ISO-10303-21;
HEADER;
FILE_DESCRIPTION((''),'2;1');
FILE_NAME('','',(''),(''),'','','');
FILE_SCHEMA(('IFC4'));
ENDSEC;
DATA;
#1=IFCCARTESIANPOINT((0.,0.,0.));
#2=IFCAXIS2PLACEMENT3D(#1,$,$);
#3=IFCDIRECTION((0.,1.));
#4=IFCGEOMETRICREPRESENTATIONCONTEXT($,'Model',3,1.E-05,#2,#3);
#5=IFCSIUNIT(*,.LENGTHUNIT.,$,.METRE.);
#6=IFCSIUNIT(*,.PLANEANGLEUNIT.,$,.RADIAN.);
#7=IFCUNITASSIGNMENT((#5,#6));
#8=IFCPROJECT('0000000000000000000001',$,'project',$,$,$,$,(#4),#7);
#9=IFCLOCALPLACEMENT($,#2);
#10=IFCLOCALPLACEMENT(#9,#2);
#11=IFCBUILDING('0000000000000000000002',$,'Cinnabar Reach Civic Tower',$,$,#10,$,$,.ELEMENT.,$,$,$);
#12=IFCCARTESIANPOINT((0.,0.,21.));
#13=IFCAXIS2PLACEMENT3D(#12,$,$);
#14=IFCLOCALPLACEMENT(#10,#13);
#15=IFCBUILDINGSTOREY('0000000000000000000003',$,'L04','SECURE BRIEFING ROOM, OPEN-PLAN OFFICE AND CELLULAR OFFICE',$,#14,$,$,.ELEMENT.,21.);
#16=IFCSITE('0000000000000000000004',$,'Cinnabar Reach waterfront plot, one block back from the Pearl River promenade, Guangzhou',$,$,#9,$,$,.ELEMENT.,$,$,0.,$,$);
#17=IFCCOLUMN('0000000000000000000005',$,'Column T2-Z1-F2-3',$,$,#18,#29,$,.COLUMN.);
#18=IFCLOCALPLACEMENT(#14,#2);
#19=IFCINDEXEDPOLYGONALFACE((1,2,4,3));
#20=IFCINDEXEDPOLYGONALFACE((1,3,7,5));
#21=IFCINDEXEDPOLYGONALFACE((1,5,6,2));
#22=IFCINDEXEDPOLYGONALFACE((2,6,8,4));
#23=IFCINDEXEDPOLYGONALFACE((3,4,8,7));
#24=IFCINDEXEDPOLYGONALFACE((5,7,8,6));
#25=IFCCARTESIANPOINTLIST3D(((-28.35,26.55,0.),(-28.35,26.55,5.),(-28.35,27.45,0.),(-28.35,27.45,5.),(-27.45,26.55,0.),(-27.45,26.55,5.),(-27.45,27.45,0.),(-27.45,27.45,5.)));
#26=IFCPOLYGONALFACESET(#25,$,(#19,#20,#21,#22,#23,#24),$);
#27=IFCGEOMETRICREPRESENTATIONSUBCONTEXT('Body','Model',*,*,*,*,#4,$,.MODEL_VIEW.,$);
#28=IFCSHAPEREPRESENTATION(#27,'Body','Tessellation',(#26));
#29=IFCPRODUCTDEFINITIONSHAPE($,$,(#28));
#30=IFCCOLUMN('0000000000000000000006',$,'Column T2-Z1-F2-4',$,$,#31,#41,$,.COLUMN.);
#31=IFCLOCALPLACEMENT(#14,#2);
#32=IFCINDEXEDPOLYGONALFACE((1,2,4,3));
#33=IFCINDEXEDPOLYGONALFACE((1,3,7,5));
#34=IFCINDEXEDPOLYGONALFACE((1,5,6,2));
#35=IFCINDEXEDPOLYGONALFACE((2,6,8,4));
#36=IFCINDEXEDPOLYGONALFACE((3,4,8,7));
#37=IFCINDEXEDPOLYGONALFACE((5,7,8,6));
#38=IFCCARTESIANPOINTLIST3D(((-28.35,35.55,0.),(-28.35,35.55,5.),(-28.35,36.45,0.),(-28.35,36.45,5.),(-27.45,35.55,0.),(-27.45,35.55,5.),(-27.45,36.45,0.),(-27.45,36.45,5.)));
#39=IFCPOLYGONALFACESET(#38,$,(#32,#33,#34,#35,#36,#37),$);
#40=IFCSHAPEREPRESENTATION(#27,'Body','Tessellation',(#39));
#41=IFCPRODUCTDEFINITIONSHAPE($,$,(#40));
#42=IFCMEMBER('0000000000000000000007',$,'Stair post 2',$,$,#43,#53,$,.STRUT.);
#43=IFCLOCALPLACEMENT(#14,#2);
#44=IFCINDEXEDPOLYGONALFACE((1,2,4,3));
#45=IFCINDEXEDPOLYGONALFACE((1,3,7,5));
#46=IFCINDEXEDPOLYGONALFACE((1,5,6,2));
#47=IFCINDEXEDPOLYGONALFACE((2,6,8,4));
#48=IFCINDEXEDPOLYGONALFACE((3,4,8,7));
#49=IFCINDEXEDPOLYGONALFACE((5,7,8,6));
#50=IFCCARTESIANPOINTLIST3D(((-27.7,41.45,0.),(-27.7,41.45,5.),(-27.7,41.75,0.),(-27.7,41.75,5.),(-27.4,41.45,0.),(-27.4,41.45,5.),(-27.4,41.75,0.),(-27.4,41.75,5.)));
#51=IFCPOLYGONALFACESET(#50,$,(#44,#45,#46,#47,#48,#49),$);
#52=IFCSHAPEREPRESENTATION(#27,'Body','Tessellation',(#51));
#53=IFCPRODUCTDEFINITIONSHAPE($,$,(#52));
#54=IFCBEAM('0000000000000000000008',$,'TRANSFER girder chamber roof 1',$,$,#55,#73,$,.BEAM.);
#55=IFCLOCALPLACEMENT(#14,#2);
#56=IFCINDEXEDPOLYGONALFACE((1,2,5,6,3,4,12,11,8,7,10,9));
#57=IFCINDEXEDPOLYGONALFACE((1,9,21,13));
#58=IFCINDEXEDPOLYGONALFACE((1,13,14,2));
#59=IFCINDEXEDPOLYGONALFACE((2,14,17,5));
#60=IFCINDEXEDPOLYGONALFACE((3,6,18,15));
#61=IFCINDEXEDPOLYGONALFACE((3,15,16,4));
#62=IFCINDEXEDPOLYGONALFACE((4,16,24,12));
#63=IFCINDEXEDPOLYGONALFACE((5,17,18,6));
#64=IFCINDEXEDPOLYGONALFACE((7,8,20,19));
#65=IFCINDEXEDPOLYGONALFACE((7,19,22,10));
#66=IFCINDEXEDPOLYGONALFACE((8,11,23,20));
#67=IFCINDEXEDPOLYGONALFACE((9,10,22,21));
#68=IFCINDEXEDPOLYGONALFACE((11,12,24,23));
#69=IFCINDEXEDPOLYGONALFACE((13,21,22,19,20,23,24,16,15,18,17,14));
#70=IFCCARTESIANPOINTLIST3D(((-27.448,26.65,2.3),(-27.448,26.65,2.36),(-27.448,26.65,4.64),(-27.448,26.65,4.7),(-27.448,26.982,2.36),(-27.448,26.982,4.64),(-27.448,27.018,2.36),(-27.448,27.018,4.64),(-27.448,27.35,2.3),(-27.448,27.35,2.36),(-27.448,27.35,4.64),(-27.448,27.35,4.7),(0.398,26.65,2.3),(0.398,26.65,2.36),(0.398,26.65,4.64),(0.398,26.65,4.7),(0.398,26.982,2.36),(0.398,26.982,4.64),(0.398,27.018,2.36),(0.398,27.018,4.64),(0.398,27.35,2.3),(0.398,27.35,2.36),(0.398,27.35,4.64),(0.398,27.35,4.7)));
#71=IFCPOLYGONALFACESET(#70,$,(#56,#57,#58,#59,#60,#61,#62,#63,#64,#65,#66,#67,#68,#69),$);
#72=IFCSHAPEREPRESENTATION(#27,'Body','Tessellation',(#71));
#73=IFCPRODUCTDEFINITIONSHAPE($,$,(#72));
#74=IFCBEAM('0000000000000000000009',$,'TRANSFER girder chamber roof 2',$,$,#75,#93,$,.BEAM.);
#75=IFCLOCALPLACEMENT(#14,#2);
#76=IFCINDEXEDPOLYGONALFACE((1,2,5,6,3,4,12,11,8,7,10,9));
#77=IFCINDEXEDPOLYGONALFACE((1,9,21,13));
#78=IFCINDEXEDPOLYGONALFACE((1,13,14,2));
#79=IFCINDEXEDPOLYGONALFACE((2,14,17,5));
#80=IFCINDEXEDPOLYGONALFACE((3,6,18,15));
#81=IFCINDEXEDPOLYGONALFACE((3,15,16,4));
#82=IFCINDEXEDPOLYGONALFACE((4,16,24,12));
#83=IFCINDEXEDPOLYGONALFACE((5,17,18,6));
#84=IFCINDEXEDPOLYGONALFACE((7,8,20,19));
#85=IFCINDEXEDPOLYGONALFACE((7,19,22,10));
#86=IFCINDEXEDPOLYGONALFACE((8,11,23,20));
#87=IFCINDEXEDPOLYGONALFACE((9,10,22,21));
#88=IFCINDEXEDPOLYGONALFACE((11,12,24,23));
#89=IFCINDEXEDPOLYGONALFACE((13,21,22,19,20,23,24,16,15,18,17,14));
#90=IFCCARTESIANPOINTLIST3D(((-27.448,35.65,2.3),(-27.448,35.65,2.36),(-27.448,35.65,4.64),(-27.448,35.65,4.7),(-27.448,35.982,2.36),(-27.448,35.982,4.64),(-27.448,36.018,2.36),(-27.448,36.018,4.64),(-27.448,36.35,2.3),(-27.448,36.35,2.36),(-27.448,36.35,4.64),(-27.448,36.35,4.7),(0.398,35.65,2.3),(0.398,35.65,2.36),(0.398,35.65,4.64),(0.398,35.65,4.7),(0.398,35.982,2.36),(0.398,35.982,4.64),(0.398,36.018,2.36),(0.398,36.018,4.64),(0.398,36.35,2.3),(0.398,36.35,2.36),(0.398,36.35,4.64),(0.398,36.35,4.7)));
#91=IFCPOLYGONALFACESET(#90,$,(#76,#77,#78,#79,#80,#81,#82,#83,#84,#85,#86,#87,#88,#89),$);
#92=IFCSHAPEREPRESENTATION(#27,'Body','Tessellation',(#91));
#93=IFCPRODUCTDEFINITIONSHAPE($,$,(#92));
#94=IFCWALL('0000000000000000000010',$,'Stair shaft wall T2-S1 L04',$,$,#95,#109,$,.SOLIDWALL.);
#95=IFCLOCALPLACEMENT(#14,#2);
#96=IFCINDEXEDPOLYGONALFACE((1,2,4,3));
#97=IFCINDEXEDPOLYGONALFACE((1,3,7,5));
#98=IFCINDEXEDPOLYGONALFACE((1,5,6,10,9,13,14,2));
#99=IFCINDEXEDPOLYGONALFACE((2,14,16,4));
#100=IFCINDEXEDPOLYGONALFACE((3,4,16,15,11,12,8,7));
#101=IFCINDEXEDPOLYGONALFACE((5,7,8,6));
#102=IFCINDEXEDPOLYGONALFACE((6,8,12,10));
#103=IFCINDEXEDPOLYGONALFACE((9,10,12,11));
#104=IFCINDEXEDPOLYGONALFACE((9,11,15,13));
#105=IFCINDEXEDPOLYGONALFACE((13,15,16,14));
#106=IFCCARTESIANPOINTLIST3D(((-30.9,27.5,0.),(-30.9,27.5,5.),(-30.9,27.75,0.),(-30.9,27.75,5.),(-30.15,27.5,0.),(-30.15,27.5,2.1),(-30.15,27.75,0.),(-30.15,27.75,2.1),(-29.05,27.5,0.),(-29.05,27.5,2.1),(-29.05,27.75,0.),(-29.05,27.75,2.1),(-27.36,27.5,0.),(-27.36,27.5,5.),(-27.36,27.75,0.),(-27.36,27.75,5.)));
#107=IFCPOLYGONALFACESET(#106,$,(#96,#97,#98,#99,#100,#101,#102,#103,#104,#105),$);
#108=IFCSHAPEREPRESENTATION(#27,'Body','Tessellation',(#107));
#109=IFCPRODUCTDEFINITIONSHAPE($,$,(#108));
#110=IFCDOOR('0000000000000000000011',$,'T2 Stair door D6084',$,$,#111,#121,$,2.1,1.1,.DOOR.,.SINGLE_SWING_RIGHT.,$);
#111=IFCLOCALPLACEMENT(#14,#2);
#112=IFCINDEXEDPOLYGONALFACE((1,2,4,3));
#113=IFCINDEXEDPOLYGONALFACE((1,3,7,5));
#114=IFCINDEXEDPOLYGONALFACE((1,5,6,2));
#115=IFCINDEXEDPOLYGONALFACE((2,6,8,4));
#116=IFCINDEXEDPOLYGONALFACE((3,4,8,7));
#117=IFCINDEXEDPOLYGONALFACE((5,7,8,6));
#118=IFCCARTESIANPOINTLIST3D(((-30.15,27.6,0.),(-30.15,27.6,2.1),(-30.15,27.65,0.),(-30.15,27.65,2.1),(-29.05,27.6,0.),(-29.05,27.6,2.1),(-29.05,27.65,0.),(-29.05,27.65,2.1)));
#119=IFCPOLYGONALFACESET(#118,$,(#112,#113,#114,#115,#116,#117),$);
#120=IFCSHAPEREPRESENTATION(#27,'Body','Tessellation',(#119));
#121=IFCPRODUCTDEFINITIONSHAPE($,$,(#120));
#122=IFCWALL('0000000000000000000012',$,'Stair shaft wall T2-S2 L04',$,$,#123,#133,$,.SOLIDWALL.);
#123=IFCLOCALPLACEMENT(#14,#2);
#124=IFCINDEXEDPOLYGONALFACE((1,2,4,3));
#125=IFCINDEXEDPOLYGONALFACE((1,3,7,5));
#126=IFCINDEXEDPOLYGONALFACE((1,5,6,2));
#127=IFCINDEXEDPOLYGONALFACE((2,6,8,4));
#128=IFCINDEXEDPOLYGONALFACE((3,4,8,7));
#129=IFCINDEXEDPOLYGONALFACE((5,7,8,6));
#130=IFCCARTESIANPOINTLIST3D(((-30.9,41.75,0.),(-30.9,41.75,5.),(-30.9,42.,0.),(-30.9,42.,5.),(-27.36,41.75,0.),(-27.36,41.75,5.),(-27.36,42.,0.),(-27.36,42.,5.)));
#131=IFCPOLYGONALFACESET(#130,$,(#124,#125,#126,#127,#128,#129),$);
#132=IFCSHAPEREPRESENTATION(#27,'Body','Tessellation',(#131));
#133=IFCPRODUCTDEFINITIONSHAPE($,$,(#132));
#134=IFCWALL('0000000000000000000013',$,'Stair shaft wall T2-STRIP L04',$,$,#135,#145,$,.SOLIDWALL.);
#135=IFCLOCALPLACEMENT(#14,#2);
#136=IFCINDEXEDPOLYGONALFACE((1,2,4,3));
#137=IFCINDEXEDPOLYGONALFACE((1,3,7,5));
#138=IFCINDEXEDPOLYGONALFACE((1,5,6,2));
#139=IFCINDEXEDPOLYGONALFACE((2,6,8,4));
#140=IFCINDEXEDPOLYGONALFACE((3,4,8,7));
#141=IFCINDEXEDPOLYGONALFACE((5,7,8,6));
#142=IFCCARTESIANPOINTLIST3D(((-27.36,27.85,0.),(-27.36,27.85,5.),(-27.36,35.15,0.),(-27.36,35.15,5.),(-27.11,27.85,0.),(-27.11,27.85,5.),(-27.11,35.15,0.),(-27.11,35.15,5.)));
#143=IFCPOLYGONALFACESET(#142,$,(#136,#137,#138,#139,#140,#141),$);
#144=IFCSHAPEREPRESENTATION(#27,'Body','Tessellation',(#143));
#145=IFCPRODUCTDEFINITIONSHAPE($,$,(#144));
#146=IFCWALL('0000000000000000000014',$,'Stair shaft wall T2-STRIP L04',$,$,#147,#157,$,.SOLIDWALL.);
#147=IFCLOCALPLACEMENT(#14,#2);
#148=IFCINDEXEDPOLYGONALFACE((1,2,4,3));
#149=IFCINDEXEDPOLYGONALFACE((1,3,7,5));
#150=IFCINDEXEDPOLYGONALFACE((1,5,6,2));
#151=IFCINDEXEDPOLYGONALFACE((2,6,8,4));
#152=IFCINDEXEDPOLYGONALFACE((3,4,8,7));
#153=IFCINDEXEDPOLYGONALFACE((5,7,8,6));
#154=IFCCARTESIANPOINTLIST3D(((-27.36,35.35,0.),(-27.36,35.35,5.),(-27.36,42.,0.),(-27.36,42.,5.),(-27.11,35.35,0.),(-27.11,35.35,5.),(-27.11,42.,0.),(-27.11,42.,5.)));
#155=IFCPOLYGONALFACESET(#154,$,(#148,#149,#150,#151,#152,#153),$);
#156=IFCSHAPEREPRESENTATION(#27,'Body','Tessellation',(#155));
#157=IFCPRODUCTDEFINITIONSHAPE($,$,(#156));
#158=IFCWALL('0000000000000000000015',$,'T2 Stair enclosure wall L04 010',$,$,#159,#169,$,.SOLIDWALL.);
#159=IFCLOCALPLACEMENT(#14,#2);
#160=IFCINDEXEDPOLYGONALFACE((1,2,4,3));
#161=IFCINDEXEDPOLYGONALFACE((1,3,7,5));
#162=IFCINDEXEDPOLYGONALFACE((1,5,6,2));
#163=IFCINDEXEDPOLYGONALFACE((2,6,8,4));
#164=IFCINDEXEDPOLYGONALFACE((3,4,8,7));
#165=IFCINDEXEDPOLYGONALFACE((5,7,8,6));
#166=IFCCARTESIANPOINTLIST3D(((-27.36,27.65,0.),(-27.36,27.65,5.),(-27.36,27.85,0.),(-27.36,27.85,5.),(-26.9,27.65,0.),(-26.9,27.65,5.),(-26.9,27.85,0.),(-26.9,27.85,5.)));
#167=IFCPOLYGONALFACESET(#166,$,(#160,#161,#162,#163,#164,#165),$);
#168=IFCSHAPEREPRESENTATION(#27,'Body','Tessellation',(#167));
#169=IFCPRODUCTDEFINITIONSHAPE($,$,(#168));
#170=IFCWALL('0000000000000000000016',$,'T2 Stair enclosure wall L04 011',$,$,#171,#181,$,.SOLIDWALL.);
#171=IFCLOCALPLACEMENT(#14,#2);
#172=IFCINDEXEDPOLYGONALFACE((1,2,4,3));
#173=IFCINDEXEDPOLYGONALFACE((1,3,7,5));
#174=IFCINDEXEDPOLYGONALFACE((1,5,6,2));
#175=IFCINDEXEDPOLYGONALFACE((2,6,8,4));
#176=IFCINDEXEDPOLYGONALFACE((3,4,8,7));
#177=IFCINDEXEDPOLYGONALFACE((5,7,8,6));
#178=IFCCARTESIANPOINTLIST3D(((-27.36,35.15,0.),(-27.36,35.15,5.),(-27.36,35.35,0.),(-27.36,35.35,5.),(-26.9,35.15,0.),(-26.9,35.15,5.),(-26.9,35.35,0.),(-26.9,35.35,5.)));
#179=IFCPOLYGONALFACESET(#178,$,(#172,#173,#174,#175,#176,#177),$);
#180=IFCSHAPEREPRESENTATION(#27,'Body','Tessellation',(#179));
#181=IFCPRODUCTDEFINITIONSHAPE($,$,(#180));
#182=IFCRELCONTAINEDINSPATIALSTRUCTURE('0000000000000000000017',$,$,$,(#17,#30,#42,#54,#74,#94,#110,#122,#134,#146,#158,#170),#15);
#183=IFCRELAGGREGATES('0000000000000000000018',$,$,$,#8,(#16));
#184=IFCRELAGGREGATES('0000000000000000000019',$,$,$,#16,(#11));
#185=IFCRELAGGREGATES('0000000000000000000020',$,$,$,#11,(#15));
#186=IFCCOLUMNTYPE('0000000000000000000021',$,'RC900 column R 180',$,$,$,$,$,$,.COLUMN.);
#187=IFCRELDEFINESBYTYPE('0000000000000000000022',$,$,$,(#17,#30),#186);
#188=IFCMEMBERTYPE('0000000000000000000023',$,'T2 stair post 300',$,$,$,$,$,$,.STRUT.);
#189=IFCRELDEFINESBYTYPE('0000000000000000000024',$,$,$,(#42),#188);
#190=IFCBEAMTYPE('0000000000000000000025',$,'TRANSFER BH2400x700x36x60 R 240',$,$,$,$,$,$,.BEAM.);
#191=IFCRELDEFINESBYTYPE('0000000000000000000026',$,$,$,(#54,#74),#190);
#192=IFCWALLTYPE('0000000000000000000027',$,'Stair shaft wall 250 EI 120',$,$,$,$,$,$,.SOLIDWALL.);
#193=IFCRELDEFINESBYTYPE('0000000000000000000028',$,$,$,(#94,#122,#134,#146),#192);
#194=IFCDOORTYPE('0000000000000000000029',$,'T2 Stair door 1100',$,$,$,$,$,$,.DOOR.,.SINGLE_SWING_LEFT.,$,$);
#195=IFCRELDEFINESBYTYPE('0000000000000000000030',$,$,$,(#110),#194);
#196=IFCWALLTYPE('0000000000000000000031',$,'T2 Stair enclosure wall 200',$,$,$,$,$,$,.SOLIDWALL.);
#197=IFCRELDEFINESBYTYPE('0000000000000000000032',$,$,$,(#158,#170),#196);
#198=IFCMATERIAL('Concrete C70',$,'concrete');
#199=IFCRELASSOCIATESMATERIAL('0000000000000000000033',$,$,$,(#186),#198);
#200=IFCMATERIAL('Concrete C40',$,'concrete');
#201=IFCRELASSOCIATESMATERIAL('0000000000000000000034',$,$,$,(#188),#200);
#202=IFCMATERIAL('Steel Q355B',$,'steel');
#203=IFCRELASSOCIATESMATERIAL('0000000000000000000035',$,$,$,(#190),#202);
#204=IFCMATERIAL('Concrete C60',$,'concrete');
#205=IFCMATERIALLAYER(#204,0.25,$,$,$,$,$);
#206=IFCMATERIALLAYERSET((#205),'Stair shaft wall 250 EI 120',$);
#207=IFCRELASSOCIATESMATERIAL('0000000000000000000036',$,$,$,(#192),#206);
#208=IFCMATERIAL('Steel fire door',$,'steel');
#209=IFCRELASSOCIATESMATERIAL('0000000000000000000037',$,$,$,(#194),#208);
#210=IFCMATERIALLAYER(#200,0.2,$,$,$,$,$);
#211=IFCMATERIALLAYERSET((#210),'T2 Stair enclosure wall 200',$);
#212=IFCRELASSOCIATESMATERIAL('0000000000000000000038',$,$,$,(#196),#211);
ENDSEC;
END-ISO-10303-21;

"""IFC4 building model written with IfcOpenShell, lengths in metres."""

from ifc_helpers import new_model, si_unit, direction, frame, frame_2d, origin, origin_2d, place, context, subcontext, project, spatial, rectangle, i_section, extrude, material, layer, layer_set, material_profile, profile_set, type_object, element, fill, save


model = new_model("IFC4")

# Units and contexts
model_context = context("Model", 3, precision=1e-05, world=origin(), true_north=direction((0.0, 1.0)))
body_context = subcontext(model_context, "Body", "Model", "MODEL_VIEW")
ifc_project = project(units=[si_unit("LENGTHUNIT", "METRE"), si_unit("PLANEANGLEUNIT", "RADIAN")], contexts=[model_context])

# Site, building, storey
site_placement = place(None, origin())
site = spatial("IfcSite", under=ifc_project, at=site_placement, Name="Cinnabar Reach waterfront plot, one block back from the Pearl River promenade, Guangzhou", CompositionType="ELEMENT", RefElevation=0.0)
building_placement = place(site_placement, origin())
building = spatial("IfcBuilding", under=site, at=building_placement, Name="Cinnabar Reach Civic Tower", CompositionType="ELEMENT")
storey_placement = place(building_placement, frame((0.0, 0.0, 21.0)))
storey = spatial("IfcBuildingStorey", under=building, at=storey_placement, Name="L04", Description="SECURE BRIEFING ROOM, OPEN-PLAN OFFICE AND CELLULAR OFFICE", CompositionType="ELEMENT", Elevation=21.0)

# Columns
ifc_material_1 = material(Name="Concrete C70", Category="concrete")
ifc_material_profile_1 = material_profile(ifc_material_1, rectangle(XDim=0.9, YDim=0.9, at=origin_2d()), Name="RC900")
ifc_profile_set_1 = profile_set([ifc_material_profile_1], Name="Concrete C70")
column_type = type_object("IfcColumnType", Name="RC900 column R 180", PredefinedType="COLUMN", material=ifc_profile_set_1)
for number, where, z_axis, x_axis, name in (
    (1, (-27.9, 27.0, 0.0), (0.0, 0.0, 1.0), (1.0, 0.0, 0.0), "Column T2-Z1-F2-3"),
    (2, (-27.9, 36.0, 0.0), (0.0, 0.0, 1.0), (1.0, 0.0, 0.0), "Column T2-Z1-F2-4"),
):
    element("IfcColumn", number, at=place(storey_placement, frame(where, z_axis=z_axis, x_axis=x_axis)), inside=storey, type_object=column_type, Name=name, PredefinedType="COLUMN", context=body_context, shape_type="SweptSolid", body=[
        extrude(rectangle(XDim=0.9, YDim=0.9, at=origin_2d()), origin(), (0.0, 0.0, 1.0), 5.0),
    ])

# Member
ifc_material_2 = material(Name="Concrete C40", Category="concrete")
ifc_material_profile_2 = material_profile(ifc_material_2, rectangle(XDim=0.3, YDim=0.3, at=origin_2d()), Name="C300")
ifc_profile_set_2 = profile_set([ifc_material_profile_2], Name="Concrete C40")
member_type = type_object("IfcMemberType", Name="T2 stair post 300", PredefinedType="STRUT", material=ifc_profile_set_2)
member_placement = place(storey_placement, frame((-27.55, 41.6, 0.0), z_axis=(0.0, 0.0, 1.0), x_axis=(1.0, 0.0, 0.0)))
element("IfcMember", 3, at=member_placement, inside=storey, type_object=member_type, Name="Stair post 2", PredefinedType="STRUT", context=body_context, shape_type="SweptSolid", body=[
    extrude(rectangle(XDim=0.3, YDim=0.3, at=origin_2d()), origin(), (0.0, 0.0, 1.0), 5.0),
])

# Beams
ifc_material_3 = material(Name="Steel Q355B", Category="steel")
ifc_material_profile_3 = material_profile(ifc_material_3, i_section(OverallWidth=0.7, OverallDepth=2.4, WebThickness=0.036, FlangeThickness=0.06, at=origin_2d()), Name="BH2400x700x36x60")
ifc_profile_set_3 = profile_set([ifc_material_profile_3], Name="Steel Q355B")
beam_type = type_object("IfcBeamType", Name="TRANSFER BH2400x700x36x60 R 240", PredefinedType="BEAM", material=ifc_profile_set_3)
for number, where, z_axis, x_axis, name in (
    (4, (-27.448, 27.0, 3.5), (1.0, 0.0, 0.0), (0.0, 1.0, 0.0), "TRANSFER girder chamber roof 1"),
    (5, (-27.448, 36.0, 3.5), (1.0, 0.0, 0.0), (0.0, 1.0, 0.0), "TRANSFER girder chamber roof 2"),
):
    element("IfcBeam", number, at=place(storey_placement, frame(where, z_axis=z_axis, x_axis=x_axis)), inside=storey, type_object=beam_type, Name=name, PredefinedType="BEAM", context=body_context, shape_type="SweptSolid", body=[
        extrude(i_section(OverallWidth=0.7, OverallDepth=2.4, WebThickness=0.036, FlangeThickness=0.06, at=origin_2d()), origin(), (0.0, 0.0, 1.0), 27.846),
    ])

# Wall, opening, door
ifc_material_4 = material(Name="Concrete C60", Category="concrete")
ifc_layer_1 = layer(ifc_material_4, 0.25)
ifc_layer_set_1 = layer_set([ifc_layer_1], Name="Stair shaft wall 250 EI 120")
wall_type_1 = type_object("IfcWallType", Name="Stair shaft wall 250 EI 120", PredefinedType="SOLIDWALL", material=ifc_layer_set_1)
wall_1_placement = place(storey_placement, frame((-27.36, 27.625, 0.0), z_axis=(0.0, 0.0, 1.0), x_axis=(-1.0, 0.0, 0.0)))
wall_1 = element("IfcWall", 6, at=wall_1_placement, inside=storey, type_object=wall_type_1, Name="Stair shaft wall T2-S1 L04", PredefinedType="SOLIDWALL", context=body_context, shape_type="SweptSolid", body=[
    extrude(rectangle(XDim=3.54, YDim=0.25, at=frame_2d((1.77, 0.0))), origin(), (0.0, 0.0, 1.0), 5.0),
])
opening_placement = place(wall_1_placement, frame((1.69, 0.0, 0.0)))
opening = element("IfcOpeningElement", 7, at=opening_placement, cuts=wall_1, PredefinedType="OPENING", context=body_context, shape_type="SweptSolid", body=[
    extrude(rectangle(XDim=1.1, YDim=2.1, at=frame_2d((0.55, 1.05))), frame((0.0, 0.135, 0.0), z_axis=(0.0, -1.0, 0.0), x_axis=(1.0, 0.0, 0.0)), (0.0, 0.0, 1.0), 0.27),
])
ifc_material_5 = material(Name="Steel fire door", Category="steel")
door_type = type_object("IfcDoorType", Name="T2 Stair door 1100", OperationType="SINGLE_SWING_LEFT", PredefinedType="DOOR", material=ifc_material_5)
door_placement = place(opening_placement, origin())
door = element("IfcDoor", 8, at=door_placement, inside=storey, type_object=door_type, Name="T2 Stair door D6084", OperationType="SINGLE_SWING_RIGHT", OverallHeight=2.1, OverallWidth=1.1, PredefinedType="DOOR", context=body_context, shape_type="SweptSolid", body=[
    extrude(rectangle(XDim=1.1, YDim=2.1, at=frame_2d((0.55, 1.05))), frame((0.0, 0.025, 0.0), z_axis=(0.0, -1.0, 0.0), x_axis=(1.0, 0.0, 0.0)), (0.0, 0.0, 1.0), 0.05),
])
fill(opening, door)

# Walls
wall_2_placement = place(storey_placement, frame((-27.36, 41.875, 0.0), z_axis=(0.0, 0.0, 1.0), x_axis=(-1.0, 0.0, 0.0)))
element("IfcWall", 9, at=wall_2_placement, inside=storey, type_object=wall_type_1, Name="Stair shaft wall T2-S2 L04", PredefinedType="SOLIDWALL", context=body_context, shape_type="SweptSolid", body=[
    extrude(rectangle(XDim=3.54, YDim=0.25, at=frame_2d((1.77, 0.0))), origin(), (0.0, 0.0, 1.0), 5.0),
])
wall_3_placement = place(storey_placement, frame((-27.235, 27.85, 0.0), z_axis=(0.0, 0.0, 1.0), x_axis=(0.0, 1.0, 0.0)))
element("IfcWall", 10, at=wall_3_placement, inside=storey, type_object=wall_type_1, Name="Stair shaft wall T2-STRIP L04", PredefinedType="SOLIDWALL", context=body_context, shape_type="SweptSolid", body=[
    extrude(rectangle(XDim=7.3, YDim=0.25, at=frame_2d((3.65, 0.0))), origin(), (0.0, 0.0, 1.0), 5.0),
])
wall_4_placement = place(storey_placement, frame((-27.235, 35.35, 0.0), z_axis=(0.0, 0.0, 1.0), x_axis=(0.0, 1.0, 0.0)))
element("IfcWall", 11, at=wall_4_placement, inside=storey, type_object=wall_type_1, Name="Stair shaft wall T2-STRIP L04", PredefinedType="SOLIDWALL", context=body_context, shape_type="SweptSolid", body=[
    extrude(rectangle(XDim=6.65, YDim=0.25, at=frame_2d((3.325, 0.0))), origin(), (0.0, 0.0, 1.0), 5.0),
])
ifc_layer_2 = layer(ifc_material_2, 0.2)
ifc_layer_set_2 = layer_set([ifc_layer_2], Name="T2 Stair enclosure wall 200")
wall_type_2 = type_object("IfcWallType", Name="T2 Stair enclosure wall 200", PredefinedType="SOLIDWALL", material=ifc_layer_set_2)
for number, where, z_axis, x_axis, name in (
    (12, (-27.36, 27.75, 0.0), (0.0, 0.0, 1.0), (1.0, 0.0, 0.0), "T2 Stair enclosure wall L04 010"),
    (13, (-26.9, 35.25, 0.0), (0.0, 0.0, 1.0), (-1.0, 0.0, 0.0), "T2 Stair enclosure wall L04 011"),
):
    element("IfcWall", number, at=place(storey_placement, frame(where, z_axis=z_axis, x_axis=x_axis)), inside=storey, type_object=wall_type_2, Name=name, PredefinedType="SOLIDWALL", context=body_context, shape_type="SweptSolid", body=[
        extrude(rectangle(XDim=0.46, YDim=0.2, at=frame_2d((0.23, 0.0))), origin(), (0.0, 0.0, 1.0), 5.0),
    ])

save(model, "model.ifc")
